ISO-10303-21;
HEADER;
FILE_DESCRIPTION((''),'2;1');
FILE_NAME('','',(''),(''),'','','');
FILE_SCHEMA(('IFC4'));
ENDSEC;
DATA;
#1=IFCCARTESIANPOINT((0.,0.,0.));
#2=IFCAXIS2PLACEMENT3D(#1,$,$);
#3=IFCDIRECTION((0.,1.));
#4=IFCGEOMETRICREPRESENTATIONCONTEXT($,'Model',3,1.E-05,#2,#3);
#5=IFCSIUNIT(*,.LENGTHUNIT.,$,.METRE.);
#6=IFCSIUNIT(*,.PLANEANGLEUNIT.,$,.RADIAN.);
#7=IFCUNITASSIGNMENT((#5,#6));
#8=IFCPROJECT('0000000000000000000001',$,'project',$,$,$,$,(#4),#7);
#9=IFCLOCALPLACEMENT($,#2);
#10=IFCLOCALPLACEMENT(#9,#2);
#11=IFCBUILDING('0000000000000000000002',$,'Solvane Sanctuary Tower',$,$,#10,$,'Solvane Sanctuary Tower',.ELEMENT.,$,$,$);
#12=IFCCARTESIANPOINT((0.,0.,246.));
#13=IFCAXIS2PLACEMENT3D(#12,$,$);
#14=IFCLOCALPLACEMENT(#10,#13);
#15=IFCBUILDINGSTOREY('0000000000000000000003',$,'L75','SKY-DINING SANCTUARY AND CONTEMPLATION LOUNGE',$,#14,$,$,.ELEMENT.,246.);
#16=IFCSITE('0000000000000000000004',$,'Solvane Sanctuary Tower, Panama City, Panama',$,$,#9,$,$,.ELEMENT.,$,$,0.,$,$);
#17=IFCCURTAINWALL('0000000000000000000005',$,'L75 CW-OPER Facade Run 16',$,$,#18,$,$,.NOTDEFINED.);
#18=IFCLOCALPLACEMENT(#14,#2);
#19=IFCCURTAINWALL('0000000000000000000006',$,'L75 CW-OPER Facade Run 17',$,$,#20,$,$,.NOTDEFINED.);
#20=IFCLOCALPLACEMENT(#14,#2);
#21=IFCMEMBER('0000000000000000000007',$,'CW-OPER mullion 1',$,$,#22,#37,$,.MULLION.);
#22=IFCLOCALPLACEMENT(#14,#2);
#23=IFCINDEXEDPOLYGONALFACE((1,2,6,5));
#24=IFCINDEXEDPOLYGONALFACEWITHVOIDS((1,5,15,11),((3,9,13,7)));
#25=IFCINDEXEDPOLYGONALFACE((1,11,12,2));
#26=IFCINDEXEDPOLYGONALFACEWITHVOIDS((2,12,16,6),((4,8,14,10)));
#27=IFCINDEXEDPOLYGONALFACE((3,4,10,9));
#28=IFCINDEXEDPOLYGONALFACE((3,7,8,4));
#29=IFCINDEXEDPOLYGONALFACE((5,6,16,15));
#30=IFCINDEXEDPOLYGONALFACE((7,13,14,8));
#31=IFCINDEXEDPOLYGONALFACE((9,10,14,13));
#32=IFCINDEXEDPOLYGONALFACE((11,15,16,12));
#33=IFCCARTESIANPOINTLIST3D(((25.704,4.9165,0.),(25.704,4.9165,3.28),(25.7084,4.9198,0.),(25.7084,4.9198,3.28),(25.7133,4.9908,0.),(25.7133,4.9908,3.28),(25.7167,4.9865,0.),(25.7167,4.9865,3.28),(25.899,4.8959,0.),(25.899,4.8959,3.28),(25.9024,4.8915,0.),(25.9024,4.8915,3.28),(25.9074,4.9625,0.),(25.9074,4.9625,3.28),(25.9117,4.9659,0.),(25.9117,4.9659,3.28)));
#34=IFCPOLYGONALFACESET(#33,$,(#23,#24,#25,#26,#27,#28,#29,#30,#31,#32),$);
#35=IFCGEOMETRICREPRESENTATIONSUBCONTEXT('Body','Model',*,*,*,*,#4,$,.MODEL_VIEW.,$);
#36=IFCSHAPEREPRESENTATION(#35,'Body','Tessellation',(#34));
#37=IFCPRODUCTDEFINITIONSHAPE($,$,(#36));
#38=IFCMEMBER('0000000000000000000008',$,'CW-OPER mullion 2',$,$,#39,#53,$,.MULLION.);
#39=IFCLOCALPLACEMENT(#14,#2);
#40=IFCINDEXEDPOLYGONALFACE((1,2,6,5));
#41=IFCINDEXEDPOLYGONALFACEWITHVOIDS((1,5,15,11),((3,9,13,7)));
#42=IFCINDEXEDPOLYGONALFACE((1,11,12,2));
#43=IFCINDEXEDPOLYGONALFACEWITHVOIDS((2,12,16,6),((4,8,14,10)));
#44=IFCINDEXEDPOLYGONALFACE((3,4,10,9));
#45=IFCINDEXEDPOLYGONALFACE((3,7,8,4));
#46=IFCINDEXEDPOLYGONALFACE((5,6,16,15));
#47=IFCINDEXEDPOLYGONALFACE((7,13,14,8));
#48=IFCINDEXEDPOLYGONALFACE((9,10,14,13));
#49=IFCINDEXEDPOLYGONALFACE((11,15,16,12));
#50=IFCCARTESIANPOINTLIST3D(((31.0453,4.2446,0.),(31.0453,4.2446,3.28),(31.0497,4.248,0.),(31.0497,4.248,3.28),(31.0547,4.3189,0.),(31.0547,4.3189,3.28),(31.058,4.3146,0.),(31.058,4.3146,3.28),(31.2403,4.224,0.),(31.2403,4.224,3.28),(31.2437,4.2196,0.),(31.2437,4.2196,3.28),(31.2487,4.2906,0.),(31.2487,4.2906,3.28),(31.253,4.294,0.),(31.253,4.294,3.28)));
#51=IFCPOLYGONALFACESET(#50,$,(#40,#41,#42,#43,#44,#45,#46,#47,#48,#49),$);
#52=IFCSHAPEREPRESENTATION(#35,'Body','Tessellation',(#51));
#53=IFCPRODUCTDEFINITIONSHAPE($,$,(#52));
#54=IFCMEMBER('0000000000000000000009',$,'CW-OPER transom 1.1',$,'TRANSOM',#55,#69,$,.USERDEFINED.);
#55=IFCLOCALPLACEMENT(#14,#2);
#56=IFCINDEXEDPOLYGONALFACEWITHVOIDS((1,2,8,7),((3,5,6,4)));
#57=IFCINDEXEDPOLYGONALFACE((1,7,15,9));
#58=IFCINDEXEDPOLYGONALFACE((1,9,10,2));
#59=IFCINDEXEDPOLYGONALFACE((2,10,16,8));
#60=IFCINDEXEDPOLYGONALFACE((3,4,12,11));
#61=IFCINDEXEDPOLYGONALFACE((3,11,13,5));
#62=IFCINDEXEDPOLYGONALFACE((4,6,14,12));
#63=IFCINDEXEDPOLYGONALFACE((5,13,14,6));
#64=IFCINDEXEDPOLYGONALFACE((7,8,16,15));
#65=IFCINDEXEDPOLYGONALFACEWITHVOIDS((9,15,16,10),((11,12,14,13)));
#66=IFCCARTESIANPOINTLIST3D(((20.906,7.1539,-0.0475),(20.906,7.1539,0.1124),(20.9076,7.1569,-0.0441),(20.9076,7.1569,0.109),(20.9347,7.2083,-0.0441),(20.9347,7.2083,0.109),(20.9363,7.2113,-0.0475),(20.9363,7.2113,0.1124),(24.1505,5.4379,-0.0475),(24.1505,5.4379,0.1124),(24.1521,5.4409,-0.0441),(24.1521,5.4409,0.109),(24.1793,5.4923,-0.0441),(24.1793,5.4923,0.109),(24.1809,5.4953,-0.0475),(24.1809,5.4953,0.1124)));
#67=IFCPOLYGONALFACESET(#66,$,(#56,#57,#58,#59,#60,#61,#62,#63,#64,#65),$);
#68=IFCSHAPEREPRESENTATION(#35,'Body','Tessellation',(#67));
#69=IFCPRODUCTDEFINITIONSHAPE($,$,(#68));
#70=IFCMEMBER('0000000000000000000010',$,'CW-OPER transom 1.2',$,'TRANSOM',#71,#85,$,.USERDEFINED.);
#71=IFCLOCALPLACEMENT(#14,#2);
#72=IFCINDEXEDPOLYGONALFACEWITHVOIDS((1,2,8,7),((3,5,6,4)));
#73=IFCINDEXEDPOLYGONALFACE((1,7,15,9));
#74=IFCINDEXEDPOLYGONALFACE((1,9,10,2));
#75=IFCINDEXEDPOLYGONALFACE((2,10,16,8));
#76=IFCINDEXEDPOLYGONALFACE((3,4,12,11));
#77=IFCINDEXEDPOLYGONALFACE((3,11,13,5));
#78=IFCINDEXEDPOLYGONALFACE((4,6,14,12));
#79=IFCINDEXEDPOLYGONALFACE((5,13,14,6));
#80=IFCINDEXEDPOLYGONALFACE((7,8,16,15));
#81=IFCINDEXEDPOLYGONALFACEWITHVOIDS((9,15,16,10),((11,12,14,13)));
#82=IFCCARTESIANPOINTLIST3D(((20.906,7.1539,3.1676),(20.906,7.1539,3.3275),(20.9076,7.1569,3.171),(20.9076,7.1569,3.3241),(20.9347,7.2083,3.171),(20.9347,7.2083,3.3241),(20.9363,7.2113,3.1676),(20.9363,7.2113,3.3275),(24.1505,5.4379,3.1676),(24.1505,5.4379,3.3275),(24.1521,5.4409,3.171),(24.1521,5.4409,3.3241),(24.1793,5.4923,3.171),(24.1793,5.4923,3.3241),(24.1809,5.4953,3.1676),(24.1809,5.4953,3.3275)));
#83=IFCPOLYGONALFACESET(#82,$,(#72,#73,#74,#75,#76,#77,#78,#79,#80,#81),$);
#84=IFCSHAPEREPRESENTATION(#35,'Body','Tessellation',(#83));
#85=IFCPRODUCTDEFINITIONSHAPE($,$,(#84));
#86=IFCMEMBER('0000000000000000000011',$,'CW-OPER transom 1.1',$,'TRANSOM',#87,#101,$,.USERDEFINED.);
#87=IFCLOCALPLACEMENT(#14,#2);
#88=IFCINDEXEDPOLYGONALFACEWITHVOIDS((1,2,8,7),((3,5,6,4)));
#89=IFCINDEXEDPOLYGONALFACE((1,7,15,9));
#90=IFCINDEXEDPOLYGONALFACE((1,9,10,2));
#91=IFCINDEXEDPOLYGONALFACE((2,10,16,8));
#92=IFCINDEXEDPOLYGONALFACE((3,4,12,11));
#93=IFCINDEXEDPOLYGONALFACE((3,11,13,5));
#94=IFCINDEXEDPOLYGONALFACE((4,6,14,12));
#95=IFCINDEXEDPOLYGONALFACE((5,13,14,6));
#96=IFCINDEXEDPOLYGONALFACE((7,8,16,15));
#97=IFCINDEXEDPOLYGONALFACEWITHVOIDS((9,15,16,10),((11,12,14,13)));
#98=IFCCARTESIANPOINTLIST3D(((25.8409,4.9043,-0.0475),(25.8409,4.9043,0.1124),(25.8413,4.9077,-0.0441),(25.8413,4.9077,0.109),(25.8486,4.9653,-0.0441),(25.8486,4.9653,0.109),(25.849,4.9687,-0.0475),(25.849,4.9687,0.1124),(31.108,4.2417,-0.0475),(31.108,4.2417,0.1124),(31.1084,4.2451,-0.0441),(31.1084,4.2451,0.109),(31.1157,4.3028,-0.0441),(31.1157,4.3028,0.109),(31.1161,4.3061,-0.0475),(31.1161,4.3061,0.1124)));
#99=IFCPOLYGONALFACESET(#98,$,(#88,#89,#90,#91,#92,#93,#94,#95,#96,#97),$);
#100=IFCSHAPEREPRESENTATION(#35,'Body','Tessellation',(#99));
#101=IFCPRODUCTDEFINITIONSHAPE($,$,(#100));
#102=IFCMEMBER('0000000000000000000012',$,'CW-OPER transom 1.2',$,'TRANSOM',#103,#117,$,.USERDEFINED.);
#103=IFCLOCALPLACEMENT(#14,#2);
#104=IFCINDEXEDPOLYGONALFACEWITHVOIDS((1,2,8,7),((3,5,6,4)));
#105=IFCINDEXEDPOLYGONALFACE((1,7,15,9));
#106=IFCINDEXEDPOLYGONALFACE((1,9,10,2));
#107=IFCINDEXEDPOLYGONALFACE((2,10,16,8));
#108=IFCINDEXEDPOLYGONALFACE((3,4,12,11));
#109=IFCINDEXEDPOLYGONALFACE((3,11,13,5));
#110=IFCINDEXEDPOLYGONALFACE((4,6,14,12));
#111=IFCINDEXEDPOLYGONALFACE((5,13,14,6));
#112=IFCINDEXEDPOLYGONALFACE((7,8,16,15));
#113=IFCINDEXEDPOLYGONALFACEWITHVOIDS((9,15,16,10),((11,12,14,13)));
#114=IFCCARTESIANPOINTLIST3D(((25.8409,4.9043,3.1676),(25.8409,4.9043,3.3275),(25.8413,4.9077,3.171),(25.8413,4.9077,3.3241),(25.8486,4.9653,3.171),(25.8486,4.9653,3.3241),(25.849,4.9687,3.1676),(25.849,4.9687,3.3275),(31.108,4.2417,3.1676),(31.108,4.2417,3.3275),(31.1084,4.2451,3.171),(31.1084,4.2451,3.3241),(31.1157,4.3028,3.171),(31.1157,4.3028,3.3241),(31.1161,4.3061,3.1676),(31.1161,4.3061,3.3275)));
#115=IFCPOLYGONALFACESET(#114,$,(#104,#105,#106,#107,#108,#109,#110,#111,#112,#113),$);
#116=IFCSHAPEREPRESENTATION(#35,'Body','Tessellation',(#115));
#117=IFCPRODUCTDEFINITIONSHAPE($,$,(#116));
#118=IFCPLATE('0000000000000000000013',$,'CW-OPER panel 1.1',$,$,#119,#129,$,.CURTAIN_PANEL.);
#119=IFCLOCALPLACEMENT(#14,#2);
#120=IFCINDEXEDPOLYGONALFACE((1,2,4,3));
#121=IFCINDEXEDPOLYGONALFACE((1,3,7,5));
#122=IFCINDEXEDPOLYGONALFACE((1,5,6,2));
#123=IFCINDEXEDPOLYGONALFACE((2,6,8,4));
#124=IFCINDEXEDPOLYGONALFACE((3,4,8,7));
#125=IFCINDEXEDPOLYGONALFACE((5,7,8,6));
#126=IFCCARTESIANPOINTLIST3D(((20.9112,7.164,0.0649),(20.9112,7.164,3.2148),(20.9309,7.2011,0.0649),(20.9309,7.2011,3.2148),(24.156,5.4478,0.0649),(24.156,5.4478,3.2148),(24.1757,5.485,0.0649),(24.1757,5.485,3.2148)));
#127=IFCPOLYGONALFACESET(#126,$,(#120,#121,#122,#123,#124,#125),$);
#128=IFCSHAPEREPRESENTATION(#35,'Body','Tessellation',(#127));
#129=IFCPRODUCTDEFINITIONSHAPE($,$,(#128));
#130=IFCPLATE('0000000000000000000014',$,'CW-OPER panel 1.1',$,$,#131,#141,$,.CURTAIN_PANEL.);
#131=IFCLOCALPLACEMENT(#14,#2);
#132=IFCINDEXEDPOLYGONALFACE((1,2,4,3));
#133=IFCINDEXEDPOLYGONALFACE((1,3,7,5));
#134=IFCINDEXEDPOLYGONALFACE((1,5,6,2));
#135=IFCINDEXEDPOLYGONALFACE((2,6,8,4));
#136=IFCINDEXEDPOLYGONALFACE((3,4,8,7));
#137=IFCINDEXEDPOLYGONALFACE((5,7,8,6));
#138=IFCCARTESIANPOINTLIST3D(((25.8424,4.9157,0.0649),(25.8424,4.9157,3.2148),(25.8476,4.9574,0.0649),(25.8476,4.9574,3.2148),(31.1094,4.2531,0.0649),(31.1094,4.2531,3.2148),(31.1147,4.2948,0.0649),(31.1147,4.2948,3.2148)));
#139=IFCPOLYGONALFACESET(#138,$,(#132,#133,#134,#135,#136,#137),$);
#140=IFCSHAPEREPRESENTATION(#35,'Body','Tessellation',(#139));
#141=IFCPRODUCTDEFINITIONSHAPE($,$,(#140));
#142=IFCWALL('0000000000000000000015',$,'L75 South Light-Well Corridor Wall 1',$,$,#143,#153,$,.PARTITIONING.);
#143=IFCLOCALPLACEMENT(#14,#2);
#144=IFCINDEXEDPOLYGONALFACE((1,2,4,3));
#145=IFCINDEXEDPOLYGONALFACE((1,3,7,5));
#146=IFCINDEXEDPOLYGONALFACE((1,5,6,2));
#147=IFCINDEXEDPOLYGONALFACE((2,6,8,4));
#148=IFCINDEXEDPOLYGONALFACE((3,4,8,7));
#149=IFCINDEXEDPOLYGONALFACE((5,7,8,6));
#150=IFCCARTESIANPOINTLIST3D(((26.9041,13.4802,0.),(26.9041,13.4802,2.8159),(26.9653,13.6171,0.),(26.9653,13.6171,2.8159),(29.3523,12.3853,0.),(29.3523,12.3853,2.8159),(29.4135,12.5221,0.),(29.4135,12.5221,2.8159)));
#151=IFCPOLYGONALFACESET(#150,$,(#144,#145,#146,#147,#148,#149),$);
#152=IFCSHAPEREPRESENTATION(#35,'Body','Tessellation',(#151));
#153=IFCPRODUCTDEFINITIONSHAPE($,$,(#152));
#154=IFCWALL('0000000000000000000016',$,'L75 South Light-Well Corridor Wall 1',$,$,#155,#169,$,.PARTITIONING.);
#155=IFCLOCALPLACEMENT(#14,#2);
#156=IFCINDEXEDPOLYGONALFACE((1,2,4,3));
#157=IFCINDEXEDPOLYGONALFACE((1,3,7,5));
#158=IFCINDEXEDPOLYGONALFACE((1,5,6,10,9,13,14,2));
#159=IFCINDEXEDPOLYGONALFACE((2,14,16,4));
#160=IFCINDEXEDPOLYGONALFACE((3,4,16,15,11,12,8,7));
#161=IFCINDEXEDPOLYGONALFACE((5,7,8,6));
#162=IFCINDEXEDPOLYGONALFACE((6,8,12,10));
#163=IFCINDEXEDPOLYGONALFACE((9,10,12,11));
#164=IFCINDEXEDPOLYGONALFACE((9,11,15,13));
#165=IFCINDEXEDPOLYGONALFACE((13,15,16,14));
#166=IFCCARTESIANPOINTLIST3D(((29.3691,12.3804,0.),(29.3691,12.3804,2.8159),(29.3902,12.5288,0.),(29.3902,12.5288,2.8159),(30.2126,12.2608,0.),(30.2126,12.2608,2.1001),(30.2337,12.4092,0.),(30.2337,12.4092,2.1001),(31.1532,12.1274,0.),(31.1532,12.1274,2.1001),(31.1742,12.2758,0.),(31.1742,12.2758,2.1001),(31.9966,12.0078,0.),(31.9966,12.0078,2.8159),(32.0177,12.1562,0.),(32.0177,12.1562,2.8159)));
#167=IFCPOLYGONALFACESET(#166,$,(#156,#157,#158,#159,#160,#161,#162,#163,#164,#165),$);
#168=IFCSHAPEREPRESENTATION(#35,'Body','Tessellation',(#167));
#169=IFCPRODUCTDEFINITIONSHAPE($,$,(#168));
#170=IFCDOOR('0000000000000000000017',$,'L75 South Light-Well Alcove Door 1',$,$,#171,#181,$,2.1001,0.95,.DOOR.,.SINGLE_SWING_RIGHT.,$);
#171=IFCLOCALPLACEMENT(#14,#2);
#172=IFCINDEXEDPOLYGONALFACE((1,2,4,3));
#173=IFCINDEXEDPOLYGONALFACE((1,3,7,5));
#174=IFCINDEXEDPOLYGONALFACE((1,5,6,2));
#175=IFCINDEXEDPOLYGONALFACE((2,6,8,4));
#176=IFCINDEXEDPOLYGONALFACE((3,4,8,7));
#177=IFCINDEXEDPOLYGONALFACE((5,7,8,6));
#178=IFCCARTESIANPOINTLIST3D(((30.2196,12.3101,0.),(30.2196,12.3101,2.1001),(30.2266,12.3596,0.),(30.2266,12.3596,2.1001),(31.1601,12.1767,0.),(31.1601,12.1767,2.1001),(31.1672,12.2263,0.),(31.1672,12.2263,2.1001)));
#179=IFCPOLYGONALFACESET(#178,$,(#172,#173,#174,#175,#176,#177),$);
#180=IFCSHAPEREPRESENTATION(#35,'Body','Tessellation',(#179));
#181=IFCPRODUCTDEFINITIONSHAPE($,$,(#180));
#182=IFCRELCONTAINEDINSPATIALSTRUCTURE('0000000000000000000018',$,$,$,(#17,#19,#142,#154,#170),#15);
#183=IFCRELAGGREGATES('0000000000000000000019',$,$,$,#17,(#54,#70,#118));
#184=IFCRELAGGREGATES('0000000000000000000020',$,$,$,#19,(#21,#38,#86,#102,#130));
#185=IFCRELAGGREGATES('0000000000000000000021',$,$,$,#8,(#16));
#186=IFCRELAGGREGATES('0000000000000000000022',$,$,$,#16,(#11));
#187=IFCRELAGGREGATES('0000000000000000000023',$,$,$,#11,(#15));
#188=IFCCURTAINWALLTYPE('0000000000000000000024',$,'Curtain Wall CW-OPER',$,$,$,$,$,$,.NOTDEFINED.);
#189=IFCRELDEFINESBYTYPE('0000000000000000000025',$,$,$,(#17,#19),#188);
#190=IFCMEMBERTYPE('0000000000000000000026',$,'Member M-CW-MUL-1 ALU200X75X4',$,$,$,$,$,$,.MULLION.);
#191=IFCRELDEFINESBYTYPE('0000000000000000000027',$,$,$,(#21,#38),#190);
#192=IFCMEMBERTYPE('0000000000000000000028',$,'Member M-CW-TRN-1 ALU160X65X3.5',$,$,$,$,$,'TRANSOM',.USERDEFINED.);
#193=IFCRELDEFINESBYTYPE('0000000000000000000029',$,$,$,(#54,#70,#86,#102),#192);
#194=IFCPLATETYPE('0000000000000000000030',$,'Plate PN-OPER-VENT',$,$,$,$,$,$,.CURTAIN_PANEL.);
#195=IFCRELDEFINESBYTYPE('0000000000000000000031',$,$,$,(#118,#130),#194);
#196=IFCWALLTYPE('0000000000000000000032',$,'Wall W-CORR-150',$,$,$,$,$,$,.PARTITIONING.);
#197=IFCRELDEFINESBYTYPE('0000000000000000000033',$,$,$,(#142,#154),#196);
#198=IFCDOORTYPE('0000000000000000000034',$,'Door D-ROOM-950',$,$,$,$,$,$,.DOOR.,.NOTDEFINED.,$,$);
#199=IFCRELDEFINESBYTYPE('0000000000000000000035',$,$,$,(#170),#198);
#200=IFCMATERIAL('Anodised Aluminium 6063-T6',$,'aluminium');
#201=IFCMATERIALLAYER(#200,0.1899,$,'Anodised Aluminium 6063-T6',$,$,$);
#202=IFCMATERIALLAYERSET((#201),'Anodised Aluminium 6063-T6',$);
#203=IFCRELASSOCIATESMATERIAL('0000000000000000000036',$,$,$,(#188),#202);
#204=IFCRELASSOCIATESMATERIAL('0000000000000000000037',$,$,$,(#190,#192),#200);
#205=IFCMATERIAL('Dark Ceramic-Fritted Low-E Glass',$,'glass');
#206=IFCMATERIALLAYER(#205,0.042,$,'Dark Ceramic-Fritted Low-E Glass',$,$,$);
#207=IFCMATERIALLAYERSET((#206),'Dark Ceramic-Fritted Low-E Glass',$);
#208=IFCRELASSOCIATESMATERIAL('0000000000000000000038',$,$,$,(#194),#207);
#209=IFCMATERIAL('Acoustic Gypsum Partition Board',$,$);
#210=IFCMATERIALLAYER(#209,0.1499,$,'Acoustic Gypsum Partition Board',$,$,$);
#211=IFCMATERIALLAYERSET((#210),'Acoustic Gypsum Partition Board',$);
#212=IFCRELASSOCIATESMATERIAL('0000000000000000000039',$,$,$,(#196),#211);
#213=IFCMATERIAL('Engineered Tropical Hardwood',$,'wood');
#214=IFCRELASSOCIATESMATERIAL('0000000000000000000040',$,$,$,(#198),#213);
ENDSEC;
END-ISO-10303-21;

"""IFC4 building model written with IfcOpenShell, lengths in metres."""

from ifc_helpers import new_model, si_unit, direction, frame, frame_2d, origin, origin_2d, place, context, subcontext, project, spatial, rectangle, hollow_rectangle, extrude, material, layer, layer_set, material_profile, profile_set, type_object, element, fill, aggregate, save


model = new_model("IFC4")

# Units and contexts
model_context = context("Model", 3, precision=1e-05, world=origin(), true_north=direction((0.0, 1.0)))
body_context = subcontext(model_context, "Body", "Model", "MODEL_VIEW")
ifc_project = project(units=[si_unit("LENGTHUNIT", "METRE"), si_unit("PLANEANGLEUNIT", "RADIAN")], contexts=[model_context])

# Site, building, storey
site_placement = place(None, origin())
site = spatial("IfcSite", under=ifc_project, at=site_placement, Name="Solvane Sanctuary Tower, Panama City, Panama", CompositionType="ELEMENT", RefElevation=0.0)
building_placement = place(site_placement, origin())
building = spatial("IfcBuilding", under=site, at=building_placement, Name="Solvane Sanctuary Tower", LongName="Solvane Sanctuary Tower", CompositionType="ELEMENT")
storey_placement = place(building_placement, frame((0.0, 0.0, 246.0)))
storey = spatial("IfcBuildingStorey", under=building, at=storey_placement, Name="L75", Description="SKY-DINING SANCTUARY AND CONTEMPLATION LOUNGE", CompositionType="ELEMENT", Elevation=246.0)

# Curtain walls, members
ifc_material_1 = material(Name="Anodised Aluminium 6063-T6", Category="aluminium")
ifc_layer_1 = layer(ifc_material_1, 0.1899, Name="Anodised Aluminium 6063-T6")
ifc_layer_set_1 = layer_set([ifc_layer_1], Name="Anodised Aluminium 6063-T6")
curtain_wall_type = type_object("IfcCurtainWallType", Name="Curtain Wall CW-OPER", PredefinedType="NOTDEFINED", material=ifc_layer_set_1)
curtain_wall_1_placement = place(storey_placement, origin())
curtain_wall_1 = element("IfcCurtainWall", 1, at=curtain_wall_1_placement, inside=storey, type_object=curtain_wall_type, Name="L75 CW-OPER Facade Run 16", PredefinedType="NOTDEFINED")
ifc_material_profile_1 = material_profile(ifc_material_1, hollow_rectangle(XDim=0.075, YDim=0.2, WallThickness=0.0039, at=origin_2d()), Name="ALU200X75X4")
ifc_profile_set_1 = profile_set([ifc_material_profile_1], Name="Anodised Aluminium 6063-T6")
member_type_1 = type_object("IfcMemberType", Name="Member M-CW-MUL-1 ALU200X75X4", PredefinedType="MULLION", material=ifc_profile_set_1)
curtain_wall_2_placement = place(storey_placement, origin())
curtain_wall_2 = element("IfcCurtainWall", 2, at=curtain_wall_2_placement, inside=storey, type_object=curtain_wall_type, Name="L75 CW-OPER Facade Run 17", PredefinedType="NOTDEFINED")
member_1_placement = place(storey_placement, frame((25.8079, 4.9412, 0.0), z_axis=(0.0, 0.0, 1.0), x_axis=(0.124815, 0.99218, 0.0)))
member_1 = element("IfcMember", 3, at=member_1_placement, type_object=member_type_1, Name="CW-OPER mullion 1", PredefinedType="MULLION", context=body_context, shape_type="SweptSolid", body=[
    extrude(hollow_rectangle(XDim=0.075, YDim=0.2, WallThickness=0.0039, at=origin_2d()), origin(), (0.0, 0.0, 1.0), 3.28),
])
member_2_placement = place(storey_placement, frame((31.1492, 4.2693, 0.0), z_axis=(0.0, 0.0, 1.0), x_axis=(0.124815, 0.99218, 0.0)))
member_2 = element("IfcMember", 4, at=member_2_placement, type_object=member_type_1, Name="CW-OPER mullion 2", PredefinedType="MULLION", context=body_context, shape_type="SweptSolid", body=[
    extrude(hollow_rectangle(XDim=0.075, YDim=0.2, WallThickness=0.0039, at=origin_2d()), origin(), (0.0, 0.0, 1.0), 3.28),
])

# Members
ifc_material_profile_2 = material_profile(ifc_material_1, hollow_rectangle(XDim=0.0649, YDim=0.1599, WallThickness=0.0034, at=origin_2d()), Name="ALU160X65X3.5")
ifc_profile_set_2 = profile_set([ifc_material_profile_2], Name="Anodised Aluminium 6063-T6")
member_type_2 = type_object("IfcMemberType", Name="Member M-CW-TRN-1 ALU160X65X3.5", ElementType="TRANSOM", PredefinedType="USERDEFINED", material=ifc_profile_set_2)
member_3_placement = place(storey_placement, frame((20.9211, 7.1826, 0.0325), z_axis=(0.883977, -0.46753, 0.0), x_axis=(0.46753, 0.883977, 0.0)))
member_3 = element("IfcMember", 5, at=member_3_placement, type_object=member_type_2, Name="CW-OPER transom 1.1", ObjectType="TRANSOM", PredefinedType="USERDEFINED", context=body_context, shape_type="SweptSolid", body=[
    extrude(hollow_rectangle(XDim=0.0649, YDim=0.1599, WallThickness=0.0034, at=origin_2d()), origin(), (0.0, 0.0, 1.0), 3.6704),
])
member_4_placement = place(storey_placement, frame((20.9211, 7.1826, 3.2476), z_axis=(0.883977, -0.46753, 0.0), x_axis=(0.46753, 0.883977, 0.0)))
member_4 = element("IfcMember", 6, at=member_4_placement, type_object=member_type_2, Name="CW-OPER transom 1.2", ObjectType="TRANSOM", PredefinedType="USERDEFINED", context=body_context, shape_type="SweptSolid", body=[
    extrude(hollow_rectangle(XDim=0.0649, YDim=0.1599, WallThickness=0.0034, at=origin_2d()), origin(), (0.0, 0.0, 1.0), 3.6704),
])
member_5_placement = place(storey_placement, frame((25.845, 4.9365, 0.0325), z_axis=(0.99218, -0.124816, 0.0), x_axis=(0.124816, 0.99218, 0.0)))
member_5 = element("IfcMember", 7, at=member_5_placement, type_object=member_type_2, Name="CW-OPER transom 1.1", ObjectType="TRANSOM", PredefinedType="USERDEFINED", context=body_context, shape_type="SweptSolid", body=[
    extrude(hollow_rectangle(XDim=0.0649, YDim=0.1599, WallThickness=0.0034, at=origin_2d()), origin(), (0.0, 0.0, 1.0), 5.3086),
])
member_6_placement = place(storey_placement, frame((25.845, 4.9365, 3.2476), z_axis=(0.99218, -0.124816, 0.0), x_axis=(0.124816, 0.99218, 0.0)))
member_6 = element("IfcMember", 8, at=member_6_placement, type_object=member_type_2, Name="CW-OPER transom 1.2", ObjectType="TRANSOM", PredefinedType="USERDEFINED", context=body_context, shape_type="SweptSolid", body=[
    extrude(hollow_rectangle(XDim=0.0649, YDim=0.1599, WallThickness=0.0034, at=origin_2d()), origin(), (0.0, 0.0, 1.0), 5.3086),
])

# Plates
ifc_material_2 = material(Name="Dark Ceramic-Fritted Low-E Glass", Category="glass")
ifc_layer_2 = layer(ifc_material_2, 0.042, Name="Dark Ceramic-Fritted Low-E Glass")
ifc_layer_set_2 = layer_set([ifc_layer_2], Name="Dark Ceramic-Fritted Low-E Glass")
plate_type = type_object("IfcPlateType", Name="Plate PN-OPER-VENT", PredefinedType="CURTAIN_PANEL", material=ifc_layer_set_2)
plate_1_placement = place(storey_placement, frame((22.5435, 6.3245, 0.0649), z_axis=(0.0, 0.0, 1.0), x_axis=(0.883981, -0.467523, 0.0)))
plate_1 = element("IfcPlate", 9, at=plate_1_placement, type_object=plate_type, Name="CW-OPER panel 1.1", PredefinedType="CURTAIN_PANEL", context=body_context, shape_type="SweptSolid", body=[
    extrude(rectangle(XDim=3.6707, YDim=0.042, at=origin_2d()), origin(), (0.0, 0.0, 1.0), 3.1499),
])
aggregate(curtain_wall_1, [member_3, member_4, plate_1])
plate_2_placement = place(storey_placement, frame((28.4785, 4.6052, 0.0649), z_axis=(0.0, 0.0, 1.0), x_axis=(0.99218, -0.124815, 0.0)))
plate_2 = element("IfcPlate", 10, at=plate_2_placement, type_object=plate_type, Name="CW-OPER panel 1.1", PredefinedType="CURTAIN_PANEL", context=body_context, shape_type="SweptSolid", body=[
    extrude(rectangle(XDim=5.3086, YDim=0.042, at=origin_2d()), origin(), (0.0, 0.0, 1.0), 3.1499),
])
aggregate(curtain_wall_2, [member_1, member_2, member_5, member_6, plate_2])

# Wall
ifc_material_3 = material(Name="Acoustic Gypsum Partition Board")
ifc_layer_3 = layer(ifc_material_3, 0.1499, Name="Acoustic Gypsum Partition Board")
ifc_layer_set_3 = layer_set([ifc_layer_3], Name="Acoustic Gypsum Partition Board")
wall_type_1 = type_object("IfcWallType", Name="Wall W-CORR-150", PredefinedType="PARTITIONING", material=ifc_layer_set_3)
wall_1_placement = place(storey_placement, frame((26.9348, 13.5486, 0.0), z_axis=(0.0, 0.0, 1.0), x_axis=(0.912859, -0.408274, 0.0)))
element("IfcWall", 11, at=wall_1_placement, inside=storey, type_object=wall_type_1, Name="L75 South Light-Well Corridor Wall 1", PredefinedType="PARTITIONING", context=body_context, shape_type="SweptSolid", body=[
    extrude(rectangle(XDim=2.6819, YDim=0.1499, at=frame_2d((1.3408, 0.0))), origin(), (0.0, 0.0, 1.0), 2.8159),
])

# Wall, opening, door
wall_2_placement = place(storey_placement, frame((29.3796, 12.4546, 0.0), z_axis=(0.0, 0.0, 1.0), x_axis=(0.990096, -0.140391, 0.0)))
wall_2 = element("IfcWall", 12, at=wall_2_placement, inside=storey, type_object=wall_type_1, Name="L75 South Light-Well Corridor Wall 1", PredefinedType="PARTITIONING", context=body_context, shape_type="SweptSolid", body=[
    extrude(rectangle(XDim=2.6538, YDim=0.1499, at=frame_2d((1.3269, 0.0))), origin(), (0.0, 0.0, 1.0), 2.8159),
])
opening_1_placement = place(wall_2_placement, frame((0.8518, 0.0, 0.0)))
opening_1 = element("IfcOpeningElement", 13, at=opening_1_placement, cuts=wall_2, PredefinedType="OPENING", context=body_context, shape_type="SweptSolid", body=[
    extrude(rectangle(XDim=0.95, YDim=2.1001, at=frame_2d((0.4751, 1.05))), frame((0.0, 0.085, 0.0), z_axis=(0.0, -1.0, 0.0), x_axis=(1.0, 0.0, 0.0)), (0.0, 0.0, 1.0), 0.1699),
])
ifc_material_4 = material(Name="Engineered Tropical Hardwood", Category="wood")
door_type = type_object("IfcDoorType", Name="Door D-ROOM-950", OperationType="NOTDEFINED", PredefinedType="DOOR", material=ifc_material_4)
door_1_placement = place(opening_1_placement, origin())
door_1 = element("IfcDoor", 14, at=door_1_placement, inside=storey, type_object=door_type, Name="L75 South Light-Well Alcove Door 1", OperationType="SINGLE_SWING_RIGHT", OverallHeight=2.1001, OverallWidth=0.95, PredefinedType="DOOR", context=body_context, shape_type="SweptSolid", body=[
    extrude(rectangle(XDim=0.95, YDim=2.1001, at=frame_2d((0.4751, 1.05))), frame((0.0, 0.0249, 0.0), z_axis=(0.0, -1.0, 0.0), x_axis=(1.0, 0.0, 0.0)), (0.0, 0.0, 1.0), 0.05),
])
fill(opening_1, door_1)

save(model, "model.ifc")
